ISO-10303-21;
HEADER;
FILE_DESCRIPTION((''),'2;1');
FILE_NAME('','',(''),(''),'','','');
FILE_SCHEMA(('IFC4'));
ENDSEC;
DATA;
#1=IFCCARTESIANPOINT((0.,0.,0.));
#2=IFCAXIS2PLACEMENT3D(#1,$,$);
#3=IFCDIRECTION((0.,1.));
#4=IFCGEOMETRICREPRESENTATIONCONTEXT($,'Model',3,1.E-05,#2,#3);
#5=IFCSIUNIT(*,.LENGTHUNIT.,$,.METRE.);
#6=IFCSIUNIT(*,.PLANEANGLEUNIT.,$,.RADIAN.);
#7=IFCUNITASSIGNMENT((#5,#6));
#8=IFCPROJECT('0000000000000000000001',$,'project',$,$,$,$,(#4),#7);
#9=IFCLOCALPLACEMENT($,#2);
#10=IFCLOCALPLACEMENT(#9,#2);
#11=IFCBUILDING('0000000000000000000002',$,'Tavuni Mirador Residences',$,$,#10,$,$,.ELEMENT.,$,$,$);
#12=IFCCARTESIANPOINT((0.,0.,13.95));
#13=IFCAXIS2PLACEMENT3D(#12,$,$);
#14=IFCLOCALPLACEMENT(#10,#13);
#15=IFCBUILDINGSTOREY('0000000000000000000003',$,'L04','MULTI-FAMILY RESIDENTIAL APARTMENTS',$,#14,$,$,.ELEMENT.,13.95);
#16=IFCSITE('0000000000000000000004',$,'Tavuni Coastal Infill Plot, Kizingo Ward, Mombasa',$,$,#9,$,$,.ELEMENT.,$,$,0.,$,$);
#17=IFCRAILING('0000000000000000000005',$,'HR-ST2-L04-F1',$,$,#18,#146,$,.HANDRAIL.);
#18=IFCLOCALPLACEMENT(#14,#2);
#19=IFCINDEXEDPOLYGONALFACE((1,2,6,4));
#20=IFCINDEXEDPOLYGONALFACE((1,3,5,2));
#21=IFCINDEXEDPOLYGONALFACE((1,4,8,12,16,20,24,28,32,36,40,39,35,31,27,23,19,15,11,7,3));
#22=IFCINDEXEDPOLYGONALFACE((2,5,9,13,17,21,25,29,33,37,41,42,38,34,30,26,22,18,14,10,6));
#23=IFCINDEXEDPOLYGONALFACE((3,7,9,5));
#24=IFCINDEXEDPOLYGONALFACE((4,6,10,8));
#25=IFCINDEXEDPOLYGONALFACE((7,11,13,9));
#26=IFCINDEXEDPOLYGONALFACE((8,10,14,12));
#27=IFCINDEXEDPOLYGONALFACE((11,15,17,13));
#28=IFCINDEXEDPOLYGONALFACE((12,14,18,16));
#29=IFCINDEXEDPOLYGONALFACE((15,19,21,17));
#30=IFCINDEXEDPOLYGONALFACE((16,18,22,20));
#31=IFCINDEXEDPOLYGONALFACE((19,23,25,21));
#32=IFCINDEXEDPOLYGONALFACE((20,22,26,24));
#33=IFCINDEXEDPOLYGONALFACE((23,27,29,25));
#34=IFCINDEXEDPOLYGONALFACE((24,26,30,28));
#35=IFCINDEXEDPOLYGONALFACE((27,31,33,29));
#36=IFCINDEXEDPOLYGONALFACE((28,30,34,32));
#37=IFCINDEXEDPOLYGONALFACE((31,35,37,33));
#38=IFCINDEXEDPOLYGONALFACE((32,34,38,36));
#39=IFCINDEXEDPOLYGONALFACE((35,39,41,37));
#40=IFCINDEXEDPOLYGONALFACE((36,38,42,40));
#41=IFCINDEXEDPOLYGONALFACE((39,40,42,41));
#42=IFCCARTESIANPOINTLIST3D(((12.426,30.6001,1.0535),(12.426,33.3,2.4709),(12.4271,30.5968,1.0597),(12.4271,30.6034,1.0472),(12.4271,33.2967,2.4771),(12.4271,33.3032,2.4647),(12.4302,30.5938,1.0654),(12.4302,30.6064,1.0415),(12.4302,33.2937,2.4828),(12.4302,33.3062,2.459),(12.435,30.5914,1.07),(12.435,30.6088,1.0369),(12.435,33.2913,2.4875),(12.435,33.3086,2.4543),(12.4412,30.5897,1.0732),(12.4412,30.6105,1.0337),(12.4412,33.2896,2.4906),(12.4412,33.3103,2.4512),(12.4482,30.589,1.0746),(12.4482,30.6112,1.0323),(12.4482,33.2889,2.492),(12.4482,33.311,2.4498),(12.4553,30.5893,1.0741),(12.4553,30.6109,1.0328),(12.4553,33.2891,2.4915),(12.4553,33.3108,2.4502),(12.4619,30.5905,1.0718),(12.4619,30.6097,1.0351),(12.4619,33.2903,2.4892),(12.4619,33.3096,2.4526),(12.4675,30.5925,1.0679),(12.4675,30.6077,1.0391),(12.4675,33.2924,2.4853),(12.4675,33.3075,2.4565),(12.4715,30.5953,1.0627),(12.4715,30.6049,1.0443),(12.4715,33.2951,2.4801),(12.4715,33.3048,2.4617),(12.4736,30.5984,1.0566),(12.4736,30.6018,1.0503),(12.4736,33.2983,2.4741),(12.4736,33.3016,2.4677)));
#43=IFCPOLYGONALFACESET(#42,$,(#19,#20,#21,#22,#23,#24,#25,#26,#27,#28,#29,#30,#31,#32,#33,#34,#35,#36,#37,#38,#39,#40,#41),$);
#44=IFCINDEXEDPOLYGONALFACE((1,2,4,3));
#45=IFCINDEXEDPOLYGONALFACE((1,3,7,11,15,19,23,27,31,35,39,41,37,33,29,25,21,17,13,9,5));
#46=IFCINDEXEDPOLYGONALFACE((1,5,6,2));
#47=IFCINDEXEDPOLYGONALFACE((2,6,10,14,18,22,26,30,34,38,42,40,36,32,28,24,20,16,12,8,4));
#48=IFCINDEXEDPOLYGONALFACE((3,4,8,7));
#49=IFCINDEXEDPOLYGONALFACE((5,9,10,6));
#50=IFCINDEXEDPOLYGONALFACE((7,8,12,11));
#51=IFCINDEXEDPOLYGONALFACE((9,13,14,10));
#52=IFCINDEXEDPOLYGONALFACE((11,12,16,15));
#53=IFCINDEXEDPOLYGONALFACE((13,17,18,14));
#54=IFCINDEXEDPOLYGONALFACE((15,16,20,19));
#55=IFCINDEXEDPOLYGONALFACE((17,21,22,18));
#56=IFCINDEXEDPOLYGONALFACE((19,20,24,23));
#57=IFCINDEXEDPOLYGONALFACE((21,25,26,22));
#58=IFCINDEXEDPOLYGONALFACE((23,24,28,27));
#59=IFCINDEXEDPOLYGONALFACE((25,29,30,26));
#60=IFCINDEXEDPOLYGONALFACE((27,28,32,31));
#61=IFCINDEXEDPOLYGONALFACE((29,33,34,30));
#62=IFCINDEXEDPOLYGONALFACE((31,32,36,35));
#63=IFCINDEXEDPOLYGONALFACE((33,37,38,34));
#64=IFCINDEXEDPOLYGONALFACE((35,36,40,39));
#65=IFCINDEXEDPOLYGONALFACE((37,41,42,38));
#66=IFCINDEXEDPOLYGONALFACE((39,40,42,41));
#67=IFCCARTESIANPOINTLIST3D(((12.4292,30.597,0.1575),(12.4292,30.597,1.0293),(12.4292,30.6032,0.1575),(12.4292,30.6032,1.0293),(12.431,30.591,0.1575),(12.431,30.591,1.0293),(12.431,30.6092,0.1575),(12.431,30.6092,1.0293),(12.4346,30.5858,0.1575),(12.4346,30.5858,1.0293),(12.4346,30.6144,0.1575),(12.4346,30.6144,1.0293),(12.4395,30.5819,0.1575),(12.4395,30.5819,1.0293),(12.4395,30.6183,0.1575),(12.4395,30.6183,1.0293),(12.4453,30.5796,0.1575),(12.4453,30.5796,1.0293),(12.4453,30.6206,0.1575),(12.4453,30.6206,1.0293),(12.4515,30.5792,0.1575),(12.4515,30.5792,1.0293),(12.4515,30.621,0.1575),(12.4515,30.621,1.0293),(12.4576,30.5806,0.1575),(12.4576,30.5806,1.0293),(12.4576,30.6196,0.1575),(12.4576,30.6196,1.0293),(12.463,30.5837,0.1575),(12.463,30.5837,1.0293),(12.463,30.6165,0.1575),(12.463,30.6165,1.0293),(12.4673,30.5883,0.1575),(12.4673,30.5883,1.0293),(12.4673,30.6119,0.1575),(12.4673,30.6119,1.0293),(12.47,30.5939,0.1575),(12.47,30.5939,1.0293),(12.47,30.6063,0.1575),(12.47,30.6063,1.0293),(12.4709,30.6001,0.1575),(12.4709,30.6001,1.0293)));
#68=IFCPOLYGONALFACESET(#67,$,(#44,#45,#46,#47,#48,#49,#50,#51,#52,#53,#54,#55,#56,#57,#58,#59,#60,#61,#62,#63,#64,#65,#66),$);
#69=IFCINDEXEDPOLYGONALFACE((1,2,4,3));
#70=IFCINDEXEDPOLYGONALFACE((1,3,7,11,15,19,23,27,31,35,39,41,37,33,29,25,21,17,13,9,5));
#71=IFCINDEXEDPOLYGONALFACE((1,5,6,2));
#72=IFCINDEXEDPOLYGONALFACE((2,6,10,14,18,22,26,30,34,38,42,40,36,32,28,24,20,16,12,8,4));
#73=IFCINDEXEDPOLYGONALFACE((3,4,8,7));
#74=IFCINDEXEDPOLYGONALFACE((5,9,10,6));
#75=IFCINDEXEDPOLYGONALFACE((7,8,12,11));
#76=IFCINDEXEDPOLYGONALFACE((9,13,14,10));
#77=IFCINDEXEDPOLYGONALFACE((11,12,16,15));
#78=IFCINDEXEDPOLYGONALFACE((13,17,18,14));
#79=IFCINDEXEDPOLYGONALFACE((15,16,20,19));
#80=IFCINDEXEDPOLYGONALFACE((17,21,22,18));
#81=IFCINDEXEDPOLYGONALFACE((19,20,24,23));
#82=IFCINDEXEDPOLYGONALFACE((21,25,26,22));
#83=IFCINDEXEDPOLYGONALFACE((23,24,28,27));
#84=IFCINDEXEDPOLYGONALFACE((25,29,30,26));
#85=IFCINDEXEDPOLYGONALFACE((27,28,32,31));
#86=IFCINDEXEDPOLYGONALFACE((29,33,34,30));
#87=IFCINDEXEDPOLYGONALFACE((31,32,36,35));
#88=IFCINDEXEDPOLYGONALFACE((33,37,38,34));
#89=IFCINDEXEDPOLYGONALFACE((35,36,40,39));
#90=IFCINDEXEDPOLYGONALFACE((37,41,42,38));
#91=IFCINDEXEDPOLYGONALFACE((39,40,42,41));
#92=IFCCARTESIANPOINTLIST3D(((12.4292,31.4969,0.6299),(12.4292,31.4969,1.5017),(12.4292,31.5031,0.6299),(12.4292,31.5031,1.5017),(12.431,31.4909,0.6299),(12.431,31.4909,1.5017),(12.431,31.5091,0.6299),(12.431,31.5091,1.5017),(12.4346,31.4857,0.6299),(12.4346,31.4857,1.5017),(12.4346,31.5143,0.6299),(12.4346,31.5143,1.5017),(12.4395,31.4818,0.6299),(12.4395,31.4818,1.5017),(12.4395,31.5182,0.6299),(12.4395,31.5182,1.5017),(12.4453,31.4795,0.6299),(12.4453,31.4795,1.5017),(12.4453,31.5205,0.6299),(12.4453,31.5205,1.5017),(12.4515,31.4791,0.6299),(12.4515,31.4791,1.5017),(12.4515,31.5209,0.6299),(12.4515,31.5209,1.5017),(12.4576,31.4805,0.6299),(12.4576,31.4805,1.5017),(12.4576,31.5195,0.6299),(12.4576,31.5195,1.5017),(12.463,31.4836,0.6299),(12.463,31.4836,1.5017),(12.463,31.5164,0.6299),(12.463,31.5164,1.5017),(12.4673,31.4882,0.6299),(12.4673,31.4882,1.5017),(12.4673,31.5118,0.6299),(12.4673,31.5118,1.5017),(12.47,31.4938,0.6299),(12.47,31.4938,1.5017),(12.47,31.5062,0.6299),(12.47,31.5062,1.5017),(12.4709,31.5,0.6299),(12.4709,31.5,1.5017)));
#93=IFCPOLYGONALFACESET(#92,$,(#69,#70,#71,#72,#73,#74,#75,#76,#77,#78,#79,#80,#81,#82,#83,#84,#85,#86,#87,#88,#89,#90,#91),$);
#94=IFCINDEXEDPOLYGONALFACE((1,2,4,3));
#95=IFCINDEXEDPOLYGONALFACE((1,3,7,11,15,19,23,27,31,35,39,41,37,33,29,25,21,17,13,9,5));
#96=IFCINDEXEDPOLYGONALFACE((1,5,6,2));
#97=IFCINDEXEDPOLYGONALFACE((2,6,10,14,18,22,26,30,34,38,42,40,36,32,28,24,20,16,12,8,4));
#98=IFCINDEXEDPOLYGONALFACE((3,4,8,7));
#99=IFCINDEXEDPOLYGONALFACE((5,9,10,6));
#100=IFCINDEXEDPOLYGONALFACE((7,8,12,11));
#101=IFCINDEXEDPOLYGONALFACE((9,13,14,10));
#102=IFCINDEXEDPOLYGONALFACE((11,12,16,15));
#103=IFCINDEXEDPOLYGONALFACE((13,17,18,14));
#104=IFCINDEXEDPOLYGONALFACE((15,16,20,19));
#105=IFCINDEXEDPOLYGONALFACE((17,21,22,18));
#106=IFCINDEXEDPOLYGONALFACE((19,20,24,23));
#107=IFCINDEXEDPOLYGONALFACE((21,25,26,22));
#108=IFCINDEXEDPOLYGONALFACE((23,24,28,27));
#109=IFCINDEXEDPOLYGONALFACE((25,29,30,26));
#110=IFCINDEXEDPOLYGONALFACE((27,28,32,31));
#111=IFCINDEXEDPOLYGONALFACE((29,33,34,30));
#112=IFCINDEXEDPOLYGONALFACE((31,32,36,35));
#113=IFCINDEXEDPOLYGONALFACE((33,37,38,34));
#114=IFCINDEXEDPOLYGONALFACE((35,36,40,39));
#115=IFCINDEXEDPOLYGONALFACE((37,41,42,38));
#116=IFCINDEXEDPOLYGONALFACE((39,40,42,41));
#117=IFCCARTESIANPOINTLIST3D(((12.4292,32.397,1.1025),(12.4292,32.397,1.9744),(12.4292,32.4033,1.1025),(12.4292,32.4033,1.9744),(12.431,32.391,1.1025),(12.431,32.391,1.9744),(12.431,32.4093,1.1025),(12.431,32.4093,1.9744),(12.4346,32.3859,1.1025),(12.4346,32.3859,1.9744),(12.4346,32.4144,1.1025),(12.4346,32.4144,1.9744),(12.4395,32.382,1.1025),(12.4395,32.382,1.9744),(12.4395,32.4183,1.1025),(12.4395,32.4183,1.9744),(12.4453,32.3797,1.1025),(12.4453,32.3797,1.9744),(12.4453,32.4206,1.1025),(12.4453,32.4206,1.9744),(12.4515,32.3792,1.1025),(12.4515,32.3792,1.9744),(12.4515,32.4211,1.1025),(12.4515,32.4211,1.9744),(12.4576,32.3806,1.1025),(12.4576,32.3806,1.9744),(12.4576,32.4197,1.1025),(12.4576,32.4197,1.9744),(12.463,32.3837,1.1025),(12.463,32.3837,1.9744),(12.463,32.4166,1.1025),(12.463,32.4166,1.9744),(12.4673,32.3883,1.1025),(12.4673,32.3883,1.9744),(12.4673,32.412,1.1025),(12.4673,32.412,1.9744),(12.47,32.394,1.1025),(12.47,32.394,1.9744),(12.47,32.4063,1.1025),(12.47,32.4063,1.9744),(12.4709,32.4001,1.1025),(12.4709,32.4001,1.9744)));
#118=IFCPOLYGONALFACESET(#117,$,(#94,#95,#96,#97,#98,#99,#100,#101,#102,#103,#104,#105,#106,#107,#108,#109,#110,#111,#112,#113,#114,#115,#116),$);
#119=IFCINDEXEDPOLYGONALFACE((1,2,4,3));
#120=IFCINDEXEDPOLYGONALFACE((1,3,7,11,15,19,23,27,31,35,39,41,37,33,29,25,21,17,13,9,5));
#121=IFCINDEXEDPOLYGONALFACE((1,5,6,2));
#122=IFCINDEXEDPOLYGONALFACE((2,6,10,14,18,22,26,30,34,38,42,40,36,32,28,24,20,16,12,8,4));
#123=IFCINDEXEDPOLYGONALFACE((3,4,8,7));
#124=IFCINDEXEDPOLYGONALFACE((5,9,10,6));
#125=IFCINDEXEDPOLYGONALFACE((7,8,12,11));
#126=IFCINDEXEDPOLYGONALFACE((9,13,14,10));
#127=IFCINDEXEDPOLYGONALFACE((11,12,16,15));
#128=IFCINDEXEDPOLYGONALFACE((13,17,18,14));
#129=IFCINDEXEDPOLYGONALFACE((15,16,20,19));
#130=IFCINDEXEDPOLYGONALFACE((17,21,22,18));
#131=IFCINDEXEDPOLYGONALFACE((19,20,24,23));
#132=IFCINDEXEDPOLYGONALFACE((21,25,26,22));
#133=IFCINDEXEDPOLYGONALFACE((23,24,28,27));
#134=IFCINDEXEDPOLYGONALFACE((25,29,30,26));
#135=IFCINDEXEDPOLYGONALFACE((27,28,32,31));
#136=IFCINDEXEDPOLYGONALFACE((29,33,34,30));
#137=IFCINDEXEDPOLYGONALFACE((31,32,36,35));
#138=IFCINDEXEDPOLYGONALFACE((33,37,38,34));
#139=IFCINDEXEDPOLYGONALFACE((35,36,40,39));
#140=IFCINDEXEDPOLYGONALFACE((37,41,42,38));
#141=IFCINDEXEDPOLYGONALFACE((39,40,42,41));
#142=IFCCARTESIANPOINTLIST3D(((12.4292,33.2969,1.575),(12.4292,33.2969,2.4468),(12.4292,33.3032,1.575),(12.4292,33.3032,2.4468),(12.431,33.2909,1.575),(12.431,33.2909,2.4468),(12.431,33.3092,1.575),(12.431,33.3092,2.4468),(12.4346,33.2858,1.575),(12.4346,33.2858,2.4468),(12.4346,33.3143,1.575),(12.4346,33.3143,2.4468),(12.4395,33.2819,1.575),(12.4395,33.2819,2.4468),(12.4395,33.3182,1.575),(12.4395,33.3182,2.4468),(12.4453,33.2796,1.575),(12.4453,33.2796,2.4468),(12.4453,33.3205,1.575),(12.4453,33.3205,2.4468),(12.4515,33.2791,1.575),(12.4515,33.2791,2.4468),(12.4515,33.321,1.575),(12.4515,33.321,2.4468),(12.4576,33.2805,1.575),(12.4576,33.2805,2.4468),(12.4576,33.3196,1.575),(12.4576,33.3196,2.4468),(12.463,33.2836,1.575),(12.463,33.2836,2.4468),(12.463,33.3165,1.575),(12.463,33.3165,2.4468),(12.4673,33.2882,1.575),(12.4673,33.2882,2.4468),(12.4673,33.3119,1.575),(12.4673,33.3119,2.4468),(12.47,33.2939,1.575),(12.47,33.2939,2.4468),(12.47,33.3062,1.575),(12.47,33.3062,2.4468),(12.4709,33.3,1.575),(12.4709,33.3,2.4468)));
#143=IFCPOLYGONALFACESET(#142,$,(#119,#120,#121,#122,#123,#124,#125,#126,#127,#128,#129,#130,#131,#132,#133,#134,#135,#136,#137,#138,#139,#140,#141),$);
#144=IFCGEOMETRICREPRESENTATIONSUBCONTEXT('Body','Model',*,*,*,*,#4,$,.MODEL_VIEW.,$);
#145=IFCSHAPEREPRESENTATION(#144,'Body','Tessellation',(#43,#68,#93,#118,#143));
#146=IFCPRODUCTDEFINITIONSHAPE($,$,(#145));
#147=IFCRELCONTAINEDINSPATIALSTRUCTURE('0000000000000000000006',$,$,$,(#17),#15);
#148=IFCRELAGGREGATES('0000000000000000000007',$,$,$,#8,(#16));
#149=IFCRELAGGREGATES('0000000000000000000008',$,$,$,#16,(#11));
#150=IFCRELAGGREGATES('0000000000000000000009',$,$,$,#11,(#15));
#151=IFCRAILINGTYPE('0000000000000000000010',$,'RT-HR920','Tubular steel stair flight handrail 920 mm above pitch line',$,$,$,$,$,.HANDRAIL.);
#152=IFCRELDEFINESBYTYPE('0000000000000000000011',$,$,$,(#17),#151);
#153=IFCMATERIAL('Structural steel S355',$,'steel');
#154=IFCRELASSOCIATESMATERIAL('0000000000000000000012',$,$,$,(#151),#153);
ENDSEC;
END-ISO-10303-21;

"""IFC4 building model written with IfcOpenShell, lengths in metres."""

from ifc_helpers import new_model, si_unit, direction, frame, origin, origin_2d, place, context, subcontext, project, spatial, circle, extrude, material, type_object, element, save


model = new_model("IFC4")

# Units and contexts
model_context = context("Model", 3, precision=1e-05, world=origin(), true_north=direction((0.0, 1.0)))
body_context = subcontext(model_context, "Body", "Model", "MODEL_VIEW")
ifc_project = project(units=[si_unit("LENGTHUNIT", "METRE"), si_unit("PLANEANGLEUNIT", "RADIAN")], contexts=[model_context])

# Site, building, storey
site_placement = place(None, origin())
site = spatial("IfcSite", under=ifc_project, at=site_placement, Name="Tavuni Coastal Infill Plot, Kizingo Ward, Mombasa", CompositionType="ELEMENT", RefElevation=0.0)
building_placement = place(site_placement, origin())
building = spatial("IfcBuilding", under=site, at=building_placement, Name="Tavuni Mirador Residences", CompositionType="ELEMENT")
storey_placement = place(building_placement, frame((0.0, 0.0, 13.95)))
storey = spatial("IfcBuildingStorey", under=building, at=storey_placement, Name="L04", Description="MULTI-FAMILY RESIDENTIAL APARTMENTS", CompositionType="ELEMENT", Elevation=13.95)

# Shared definitions
ifc_material_1 = material(Name="Structural steel S355", Category="steel")

# Railing
railing_type_1 = type_object("IfcRailingType", Name="RT-HR920", Description="Tubular steel stair flight handrail 920 mm above pitch line", PredefinedType="HANDRAIL", material=ifc_material_1)
railing_1_placement = place(storey_placement, frame((12.45, 30.6001, 0.1575)))
element("IfcRailing", 1, at=railing_1_placement, inside=storey, type_object=railing_type_1, Name="HR-ST2-L04-F1", PredefinedType="HANDRAIL", context=body_context, shape_type="SweptSolid", body=[
    extrude(circle(Radius=0.0239, at=origin_2d()), frame((0.0, 0.0, 0.896), z_axis=(0.0, 0.885397, 0.464835), x_axis=(-1.0, 0.0, 0.0)), (0.0, 0.0, 1.0), 3.0493),
    extrude(circle(Radius=0.021, at=origin_2d()), origin(), (0.0, 0.0, 1.0), 0.8718),
    extrude(circle(Radius=0.021, at=origin_2d()), frame((0.0, 0.8999, 0.4724)), (0.0, 0.0, 1.0), 0.8718),
    extrude(circle(Radius=0.021, at=origin_2d()), frame((0.0, 1.8, 0.9451)), (0.0, 0.0, 1.0), 0.8718),
    extrude(circle(Radius=0.021, at=origin_2d()), frame((0.0, 2.7, 1.4175)), (0.0, 0.0, 1.0), 0.8718),
])

save(model, "model.ifc")
